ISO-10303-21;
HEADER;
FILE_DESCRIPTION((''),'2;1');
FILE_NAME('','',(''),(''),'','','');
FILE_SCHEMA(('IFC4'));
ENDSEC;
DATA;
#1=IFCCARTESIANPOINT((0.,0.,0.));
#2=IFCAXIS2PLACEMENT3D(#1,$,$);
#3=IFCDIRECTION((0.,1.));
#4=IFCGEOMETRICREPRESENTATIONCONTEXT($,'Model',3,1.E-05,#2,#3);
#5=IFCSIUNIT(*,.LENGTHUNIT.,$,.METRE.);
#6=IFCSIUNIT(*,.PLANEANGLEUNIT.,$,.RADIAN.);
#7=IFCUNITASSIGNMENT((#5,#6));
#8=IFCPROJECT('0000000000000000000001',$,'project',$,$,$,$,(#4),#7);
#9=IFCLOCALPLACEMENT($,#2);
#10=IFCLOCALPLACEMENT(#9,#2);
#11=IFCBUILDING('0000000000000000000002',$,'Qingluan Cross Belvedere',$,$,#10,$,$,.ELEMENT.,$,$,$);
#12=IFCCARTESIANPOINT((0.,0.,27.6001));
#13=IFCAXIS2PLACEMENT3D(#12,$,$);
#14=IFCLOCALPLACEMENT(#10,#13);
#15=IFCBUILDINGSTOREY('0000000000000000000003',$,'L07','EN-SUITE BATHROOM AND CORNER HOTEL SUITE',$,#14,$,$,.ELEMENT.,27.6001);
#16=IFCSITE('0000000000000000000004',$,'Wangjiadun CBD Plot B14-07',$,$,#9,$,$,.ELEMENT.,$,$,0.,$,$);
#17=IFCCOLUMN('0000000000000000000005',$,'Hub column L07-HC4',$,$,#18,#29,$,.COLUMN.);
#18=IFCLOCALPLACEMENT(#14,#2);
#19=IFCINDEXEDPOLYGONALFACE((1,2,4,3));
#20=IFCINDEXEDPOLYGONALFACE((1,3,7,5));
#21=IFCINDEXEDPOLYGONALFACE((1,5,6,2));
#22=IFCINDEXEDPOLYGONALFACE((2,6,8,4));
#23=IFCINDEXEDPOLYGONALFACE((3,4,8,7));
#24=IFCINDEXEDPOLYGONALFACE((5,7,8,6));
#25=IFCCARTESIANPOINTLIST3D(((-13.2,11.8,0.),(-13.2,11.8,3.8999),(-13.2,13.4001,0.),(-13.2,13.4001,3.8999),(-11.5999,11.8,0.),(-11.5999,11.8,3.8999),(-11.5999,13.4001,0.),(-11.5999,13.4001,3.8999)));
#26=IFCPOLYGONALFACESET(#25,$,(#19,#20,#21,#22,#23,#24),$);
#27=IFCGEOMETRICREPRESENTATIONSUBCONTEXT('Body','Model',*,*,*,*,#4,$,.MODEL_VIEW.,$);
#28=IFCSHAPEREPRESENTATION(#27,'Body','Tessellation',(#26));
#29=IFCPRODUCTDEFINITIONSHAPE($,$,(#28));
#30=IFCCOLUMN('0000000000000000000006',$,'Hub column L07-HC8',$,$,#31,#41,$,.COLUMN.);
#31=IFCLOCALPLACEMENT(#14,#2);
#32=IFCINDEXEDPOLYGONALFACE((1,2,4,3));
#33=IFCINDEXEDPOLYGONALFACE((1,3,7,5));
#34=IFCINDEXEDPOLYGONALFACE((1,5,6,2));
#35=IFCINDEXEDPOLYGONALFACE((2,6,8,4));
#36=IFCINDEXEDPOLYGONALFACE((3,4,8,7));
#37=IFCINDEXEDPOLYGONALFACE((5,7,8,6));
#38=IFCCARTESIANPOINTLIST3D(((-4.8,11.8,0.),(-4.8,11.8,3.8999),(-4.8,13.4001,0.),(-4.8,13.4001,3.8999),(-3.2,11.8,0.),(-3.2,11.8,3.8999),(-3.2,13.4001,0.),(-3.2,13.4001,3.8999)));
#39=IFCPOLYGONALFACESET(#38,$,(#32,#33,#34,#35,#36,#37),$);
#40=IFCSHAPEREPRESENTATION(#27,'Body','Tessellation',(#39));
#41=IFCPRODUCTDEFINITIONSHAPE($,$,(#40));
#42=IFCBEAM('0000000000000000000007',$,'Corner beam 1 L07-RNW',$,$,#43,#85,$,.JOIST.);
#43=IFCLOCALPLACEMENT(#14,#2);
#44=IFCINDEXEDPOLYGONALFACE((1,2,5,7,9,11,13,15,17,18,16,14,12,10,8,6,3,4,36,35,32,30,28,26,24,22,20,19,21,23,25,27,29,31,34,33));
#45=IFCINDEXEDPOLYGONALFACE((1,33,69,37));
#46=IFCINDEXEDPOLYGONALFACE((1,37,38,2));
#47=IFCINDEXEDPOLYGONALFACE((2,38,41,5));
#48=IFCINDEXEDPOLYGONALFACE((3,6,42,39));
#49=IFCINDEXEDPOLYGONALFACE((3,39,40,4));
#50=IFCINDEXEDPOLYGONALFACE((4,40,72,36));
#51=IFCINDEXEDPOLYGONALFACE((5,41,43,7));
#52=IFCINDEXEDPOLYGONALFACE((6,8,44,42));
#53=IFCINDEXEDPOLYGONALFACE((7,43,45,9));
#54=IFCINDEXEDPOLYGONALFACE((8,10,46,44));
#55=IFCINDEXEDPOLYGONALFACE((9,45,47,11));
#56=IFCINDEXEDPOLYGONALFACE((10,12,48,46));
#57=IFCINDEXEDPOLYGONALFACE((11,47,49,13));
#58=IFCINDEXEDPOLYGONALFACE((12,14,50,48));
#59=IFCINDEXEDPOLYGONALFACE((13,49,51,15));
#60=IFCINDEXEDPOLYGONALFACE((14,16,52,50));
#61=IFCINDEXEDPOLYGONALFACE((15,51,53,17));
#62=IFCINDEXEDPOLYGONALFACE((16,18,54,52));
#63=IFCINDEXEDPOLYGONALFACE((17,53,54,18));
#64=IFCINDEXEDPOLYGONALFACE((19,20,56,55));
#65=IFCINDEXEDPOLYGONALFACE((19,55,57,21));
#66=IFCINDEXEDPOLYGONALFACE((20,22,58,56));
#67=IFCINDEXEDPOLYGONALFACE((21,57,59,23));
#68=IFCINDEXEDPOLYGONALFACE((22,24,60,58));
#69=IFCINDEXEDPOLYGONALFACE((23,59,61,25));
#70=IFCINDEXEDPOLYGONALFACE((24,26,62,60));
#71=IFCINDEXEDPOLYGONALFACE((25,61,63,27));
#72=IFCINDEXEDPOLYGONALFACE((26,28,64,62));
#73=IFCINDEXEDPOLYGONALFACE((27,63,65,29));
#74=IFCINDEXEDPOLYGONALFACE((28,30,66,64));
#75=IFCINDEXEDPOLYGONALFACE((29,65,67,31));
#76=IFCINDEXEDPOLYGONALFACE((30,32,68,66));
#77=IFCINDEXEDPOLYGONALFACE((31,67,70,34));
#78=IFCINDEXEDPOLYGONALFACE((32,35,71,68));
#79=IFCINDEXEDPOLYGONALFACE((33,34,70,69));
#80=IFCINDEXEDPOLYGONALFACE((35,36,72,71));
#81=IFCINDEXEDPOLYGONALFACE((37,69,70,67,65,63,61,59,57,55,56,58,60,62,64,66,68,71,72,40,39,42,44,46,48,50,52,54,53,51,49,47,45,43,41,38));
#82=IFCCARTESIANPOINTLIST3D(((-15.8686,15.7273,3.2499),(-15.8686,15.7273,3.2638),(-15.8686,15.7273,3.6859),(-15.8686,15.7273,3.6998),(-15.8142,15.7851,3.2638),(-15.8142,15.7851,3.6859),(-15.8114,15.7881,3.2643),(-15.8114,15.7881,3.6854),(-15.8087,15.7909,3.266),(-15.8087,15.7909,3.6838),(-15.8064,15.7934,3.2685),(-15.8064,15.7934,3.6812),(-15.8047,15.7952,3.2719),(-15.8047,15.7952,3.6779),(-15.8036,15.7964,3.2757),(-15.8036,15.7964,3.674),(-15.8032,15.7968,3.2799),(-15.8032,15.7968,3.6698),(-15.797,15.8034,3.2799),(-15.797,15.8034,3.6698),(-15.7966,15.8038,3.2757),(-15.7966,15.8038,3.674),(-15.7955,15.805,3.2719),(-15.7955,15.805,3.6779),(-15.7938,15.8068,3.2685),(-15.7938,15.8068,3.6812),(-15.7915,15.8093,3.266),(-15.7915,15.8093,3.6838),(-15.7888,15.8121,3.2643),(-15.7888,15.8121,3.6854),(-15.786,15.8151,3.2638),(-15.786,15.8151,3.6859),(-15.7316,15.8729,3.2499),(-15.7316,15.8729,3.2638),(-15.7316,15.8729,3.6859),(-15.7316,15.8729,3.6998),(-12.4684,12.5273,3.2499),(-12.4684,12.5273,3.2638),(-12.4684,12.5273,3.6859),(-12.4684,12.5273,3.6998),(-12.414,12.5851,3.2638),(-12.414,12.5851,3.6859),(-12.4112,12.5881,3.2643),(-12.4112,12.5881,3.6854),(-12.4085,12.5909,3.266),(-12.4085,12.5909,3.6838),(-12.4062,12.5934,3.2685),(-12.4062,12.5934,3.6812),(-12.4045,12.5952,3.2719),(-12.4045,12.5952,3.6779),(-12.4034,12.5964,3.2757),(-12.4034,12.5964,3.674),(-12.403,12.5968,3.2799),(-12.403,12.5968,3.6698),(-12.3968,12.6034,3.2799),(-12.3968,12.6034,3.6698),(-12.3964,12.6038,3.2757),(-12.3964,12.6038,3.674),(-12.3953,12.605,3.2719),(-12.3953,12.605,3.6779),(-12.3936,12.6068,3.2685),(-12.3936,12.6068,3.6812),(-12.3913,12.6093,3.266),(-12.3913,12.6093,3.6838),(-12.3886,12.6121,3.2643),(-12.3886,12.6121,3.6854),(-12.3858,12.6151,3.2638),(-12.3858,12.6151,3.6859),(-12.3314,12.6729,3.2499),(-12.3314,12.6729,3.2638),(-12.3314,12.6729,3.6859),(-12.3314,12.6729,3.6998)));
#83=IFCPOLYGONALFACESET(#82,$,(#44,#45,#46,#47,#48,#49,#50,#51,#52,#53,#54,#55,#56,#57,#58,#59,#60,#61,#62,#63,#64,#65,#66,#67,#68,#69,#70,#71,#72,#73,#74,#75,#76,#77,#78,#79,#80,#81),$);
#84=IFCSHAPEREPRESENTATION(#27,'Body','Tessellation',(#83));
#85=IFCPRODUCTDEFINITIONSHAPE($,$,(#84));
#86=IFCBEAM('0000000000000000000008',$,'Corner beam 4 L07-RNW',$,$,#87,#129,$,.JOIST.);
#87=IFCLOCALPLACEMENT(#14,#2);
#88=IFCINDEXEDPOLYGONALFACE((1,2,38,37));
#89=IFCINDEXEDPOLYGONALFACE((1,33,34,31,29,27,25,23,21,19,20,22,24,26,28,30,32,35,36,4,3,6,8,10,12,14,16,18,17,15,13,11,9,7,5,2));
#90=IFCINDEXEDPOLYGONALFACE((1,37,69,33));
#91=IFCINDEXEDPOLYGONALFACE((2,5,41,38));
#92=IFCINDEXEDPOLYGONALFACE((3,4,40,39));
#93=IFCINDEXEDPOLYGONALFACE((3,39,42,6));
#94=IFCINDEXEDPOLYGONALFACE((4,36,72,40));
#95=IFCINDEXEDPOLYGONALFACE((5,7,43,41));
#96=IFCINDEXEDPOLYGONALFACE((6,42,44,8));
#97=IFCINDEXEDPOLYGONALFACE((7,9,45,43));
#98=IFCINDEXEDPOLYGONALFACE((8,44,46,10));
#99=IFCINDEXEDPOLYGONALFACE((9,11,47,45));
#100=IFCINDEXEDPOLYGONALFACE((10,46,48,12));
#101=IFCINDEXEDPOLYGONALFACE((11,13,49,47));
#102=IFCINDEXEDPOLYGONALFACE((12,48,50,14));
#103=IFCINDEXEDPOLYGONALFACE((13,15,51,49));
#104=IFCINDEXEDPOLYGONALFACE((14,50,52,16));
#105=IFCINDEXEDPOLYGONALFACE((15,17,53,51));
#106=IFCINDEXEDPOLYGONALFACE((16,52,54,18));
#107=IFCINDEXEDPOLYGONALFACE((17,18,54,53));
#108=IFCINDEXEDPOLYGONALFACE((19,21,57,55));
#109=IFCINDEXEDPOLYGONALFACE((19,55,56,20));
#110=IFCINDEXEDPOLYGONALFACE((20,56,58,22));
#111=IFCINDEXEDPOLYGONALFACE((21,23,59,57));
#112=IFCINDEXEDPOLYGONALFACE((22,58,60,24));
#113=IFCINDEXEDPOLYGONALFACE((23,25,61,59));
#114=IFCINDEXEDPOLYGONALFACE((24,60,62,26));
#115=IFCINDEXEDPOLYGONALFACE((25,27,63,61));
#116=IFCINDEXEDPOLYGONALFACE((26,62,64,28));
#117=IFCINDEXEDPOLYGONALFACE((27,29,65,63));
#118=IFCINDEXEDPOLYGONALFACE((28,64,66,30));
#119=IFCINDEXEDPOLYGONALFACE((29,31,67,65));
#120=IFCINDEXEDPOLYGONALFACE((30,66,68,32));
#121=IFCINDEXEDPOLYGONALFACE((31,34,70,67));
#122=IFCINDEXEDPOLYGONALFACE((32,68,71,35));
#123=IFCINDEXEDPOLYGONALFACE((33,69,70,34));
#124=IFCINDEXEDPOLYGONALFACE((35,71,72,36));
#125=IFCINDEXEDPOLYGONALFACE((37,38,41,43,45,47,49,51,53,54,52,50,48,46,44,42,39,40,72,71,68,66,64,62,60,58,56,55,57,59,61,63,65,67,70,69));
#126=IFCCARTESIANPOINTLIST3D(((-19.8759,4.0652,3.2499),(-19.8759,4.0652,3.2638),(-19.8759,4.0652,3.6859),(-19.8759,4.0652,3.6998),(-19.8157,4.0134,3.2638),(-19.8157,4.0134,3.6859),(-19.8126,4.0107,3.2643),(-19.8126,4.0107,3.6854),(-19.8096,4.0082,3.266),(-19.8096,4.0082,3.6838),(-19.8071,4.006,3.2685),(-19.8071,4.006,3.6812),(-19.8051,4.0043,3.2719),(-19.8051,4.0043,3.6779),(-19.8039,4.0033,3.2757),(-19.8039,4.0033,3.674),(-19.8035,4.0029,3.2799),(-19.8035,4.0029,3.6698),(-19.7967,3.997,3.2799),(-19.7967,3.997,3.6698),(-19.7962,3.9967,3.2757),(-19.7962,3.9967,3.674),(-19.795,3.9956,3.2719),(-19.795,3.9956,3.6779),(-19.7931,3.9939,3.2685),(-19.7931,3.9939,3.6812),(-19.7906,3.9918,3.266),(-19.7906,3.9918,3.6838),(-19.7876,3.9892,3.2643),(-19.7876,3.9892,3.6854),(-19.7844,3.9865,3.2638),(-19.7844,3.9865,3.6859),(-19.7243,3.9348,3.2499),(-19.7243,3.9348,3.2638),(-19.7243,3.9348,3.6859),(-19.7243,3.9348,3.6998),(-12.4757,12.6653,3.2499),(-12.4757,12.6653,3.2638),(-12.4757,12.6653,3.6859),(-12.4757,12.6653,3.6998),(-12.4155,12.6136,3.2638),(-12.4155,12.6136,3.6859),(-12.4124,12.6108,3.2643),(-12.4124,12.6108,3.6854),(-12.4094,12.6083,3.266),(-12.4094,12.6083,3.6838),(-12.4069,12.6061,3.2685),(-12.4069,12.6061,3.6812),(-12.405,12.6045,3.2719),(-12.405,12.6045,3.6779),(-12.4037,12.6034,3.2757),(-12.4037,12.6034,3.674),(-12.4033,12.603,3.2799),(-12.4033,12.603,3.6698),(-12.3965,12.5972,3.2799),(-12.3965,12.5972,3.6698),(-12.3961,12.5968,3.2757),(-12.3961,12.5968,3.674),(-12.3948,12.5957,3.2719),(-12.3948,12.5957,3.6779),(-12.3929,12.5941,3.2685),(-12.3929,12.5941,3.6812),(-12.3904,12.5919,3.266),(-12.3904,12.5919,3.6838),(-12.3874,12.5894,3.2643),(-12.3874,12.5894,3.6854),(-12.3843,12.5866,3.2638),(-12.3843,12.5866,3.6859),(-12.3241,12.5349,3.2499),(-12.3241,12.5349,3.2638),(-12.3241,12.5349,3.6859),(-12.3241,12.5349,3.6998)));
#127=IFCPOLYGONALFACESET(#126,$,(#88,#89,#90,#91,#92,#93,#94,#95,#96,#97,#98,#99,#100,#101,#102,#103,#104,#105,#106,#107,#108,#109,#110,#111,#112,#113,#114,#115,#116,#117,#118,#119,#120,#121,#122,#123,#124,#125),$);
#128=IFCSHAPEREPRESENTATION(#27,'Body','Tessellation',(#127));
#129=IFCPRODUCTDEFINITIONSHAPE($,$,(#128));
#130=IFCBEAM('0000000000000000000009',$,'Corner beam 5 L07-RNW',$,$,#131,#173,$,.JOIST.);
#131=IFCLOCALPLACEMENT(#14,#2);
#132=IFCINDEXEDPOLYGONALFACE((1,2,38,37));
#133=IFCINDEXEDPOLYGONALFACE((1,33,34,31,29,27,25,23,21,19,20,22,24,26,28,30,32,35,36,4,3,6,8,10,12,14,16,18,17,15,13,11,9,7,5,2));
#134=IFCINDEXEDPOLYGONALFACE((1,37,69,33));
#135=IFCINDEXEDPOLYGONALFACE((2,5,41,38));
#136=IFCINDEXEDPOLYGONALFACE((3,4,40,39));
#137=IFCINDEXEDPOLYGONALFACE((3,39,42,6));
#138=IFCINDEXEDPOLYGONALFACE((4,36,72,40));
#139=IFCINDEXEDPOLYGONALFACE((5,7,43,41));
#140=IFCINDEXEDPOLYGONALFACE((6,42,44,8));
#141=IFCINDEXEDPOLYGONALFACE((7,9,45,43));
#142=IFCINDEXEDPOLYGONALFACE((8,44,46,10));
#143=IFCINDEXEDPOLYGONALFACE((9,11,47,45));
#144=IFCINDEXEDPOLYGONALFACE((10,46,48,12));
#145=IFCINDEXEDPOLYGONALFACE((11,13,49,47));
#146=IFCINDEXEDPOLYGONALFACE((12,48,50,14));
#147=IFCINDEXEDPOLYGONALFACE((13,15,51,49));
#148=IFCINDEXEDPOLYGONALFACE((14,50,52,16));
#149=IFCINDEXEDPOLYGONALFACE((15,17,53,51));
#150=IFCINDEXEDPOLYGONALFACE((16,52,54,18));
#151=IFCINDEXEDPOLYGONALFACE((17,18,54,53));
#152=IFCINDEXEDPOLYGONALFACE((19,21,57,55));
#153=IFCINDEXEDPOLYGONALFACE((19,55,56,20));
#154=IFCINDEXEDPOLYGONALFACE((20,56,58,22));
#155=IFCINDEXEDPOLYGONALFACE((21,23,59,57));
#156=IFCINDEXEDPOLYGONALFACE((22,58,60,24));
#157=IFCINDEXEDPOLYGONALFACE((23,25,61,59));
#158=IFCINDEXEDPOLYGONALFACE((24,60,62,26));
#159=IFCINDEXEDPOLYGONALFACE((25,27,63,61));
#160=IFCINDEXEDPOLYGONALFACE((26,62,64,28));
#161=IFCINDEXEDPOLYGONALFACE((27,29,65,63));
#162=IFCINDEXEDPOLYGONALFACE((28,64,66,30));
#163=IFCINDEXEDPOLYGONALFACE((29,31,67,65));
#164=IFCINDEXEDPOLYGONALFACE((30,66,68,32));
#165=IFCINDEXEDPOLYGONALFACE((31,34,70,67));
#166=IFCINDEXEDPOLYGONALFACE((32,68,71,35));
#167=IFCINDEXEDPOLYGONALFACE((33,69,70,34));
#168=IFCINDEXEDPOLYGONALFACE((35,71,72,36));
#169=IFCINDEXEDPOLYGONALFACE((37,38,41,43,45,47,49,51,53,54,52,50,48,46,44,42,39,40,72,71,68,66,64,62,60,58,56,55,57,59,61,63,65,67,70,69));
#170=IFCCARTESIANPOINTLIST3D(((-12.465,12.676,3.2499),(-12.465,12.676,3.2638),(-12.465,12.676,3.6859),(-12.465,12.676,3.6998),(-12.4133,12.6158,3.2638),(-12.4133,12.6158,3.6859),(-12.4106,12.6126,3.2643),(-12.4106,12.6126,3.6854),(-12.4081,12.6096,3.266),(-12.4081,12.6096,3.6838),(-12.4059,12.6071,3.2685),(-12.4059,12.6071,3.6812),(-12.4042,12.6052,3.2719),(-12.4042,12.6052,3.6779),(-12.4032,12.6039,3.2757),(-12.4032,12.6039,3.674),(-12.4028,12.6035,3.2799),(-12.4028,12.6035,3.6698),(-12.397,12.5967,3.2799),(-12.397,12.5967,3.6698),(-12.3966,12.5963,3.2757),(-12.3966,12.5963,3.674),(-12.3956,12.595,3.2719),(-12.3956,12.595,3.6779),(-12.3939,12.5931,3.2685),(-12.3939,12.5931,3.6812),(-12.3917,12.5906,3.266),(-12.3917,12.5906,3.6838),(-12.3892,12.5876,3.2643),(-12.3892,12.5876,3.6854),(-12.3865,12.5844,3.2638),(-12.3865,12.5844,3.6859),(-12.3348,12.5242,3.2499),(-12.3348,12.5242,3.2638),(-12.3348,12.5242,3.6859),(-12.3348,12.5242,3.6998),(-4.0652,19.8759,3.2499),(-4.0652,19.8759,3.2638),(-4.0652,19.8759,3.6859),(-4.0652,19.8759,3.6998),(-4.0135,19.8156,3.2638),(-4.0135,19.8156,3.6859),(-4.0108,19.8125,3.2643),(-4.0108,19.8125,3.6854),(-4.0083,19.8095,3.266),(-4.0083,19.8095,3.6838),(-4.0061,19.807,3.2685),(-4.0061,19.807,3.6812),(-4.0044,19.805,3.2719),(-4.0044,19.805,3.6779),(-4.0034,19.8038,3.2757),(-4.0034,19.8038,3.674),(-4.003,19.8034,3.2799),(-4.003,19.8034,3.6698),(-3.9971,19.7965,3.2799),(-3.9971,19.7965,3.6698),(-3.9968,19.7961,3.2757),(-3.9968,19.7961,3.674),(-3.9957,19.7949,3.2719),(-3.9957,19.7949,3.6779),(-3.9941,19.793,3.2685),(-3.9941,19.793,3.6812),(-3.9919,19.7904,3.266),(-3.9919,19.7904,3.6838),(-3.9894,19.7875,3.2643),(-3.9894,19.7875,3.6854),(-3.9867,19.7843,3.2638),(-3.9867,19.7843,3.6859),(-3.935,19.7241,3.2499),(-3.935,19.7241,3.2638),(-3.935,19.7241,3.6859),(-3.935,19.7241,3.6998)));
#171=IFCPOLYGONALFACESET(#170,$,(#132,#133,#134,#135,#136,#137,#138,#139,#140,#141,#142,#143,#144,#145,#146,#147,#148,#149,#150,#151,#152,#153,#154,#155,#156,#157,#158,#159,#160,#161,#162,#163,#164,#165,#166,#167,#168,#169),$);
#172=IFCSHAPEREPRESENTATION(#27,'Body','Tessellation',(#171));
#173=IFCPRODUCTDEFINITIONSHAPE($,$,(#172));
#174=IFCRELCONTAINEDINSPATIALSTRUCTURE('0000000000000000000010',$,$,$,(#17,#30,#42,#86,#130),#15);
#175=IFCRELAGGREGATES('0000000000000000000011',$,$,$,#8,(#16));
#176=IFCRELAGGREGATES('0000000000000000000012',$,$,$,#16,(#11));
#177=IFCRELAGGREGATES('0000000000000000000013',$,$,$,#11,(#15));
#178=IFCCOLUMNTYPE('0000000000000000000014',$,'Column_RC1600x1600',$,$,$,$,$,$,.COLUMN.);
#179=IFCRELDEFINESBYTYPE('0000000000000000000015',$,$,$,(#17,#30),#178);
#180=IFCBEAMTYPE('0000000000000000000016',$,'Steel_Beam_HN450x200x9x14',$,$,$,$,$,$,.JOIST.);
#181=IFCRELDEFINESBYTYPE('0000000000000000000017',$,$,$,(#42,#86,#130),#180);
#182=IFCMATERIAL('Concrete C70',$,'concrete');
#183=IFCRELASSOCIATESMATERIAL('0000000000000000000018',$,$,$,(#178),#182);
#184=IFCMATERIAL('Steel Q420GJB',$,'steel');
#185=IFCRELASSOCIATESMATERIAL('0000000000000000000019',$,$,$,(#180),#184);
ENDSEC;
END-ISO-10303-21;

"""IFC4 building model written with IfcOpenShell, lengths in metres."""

from ifc_helpers import new_model, si_unit, direction, frame, origin, origin_2d, place, context, subcontext, project, spatial, rectangle, i_section, extrude, material, material_profile, profile_set, type_object, element, save


model = new_model("IFC4")

# Units and contexts
model_context = context("Model", 3, precision=1e-05, world=origin(), true_north=direction((0.0, 1.0)))
body_context = subcontext(model_context, "Body", "Model", "MODEL_VIEW")
ifc_project = project(units=[si_unit("LENGTHUNIT", "METRE"), si_unit("PLANEANGLEUNIT", "RADIAN")], contexts=[model_context])

# Site, building, storey
site_placement = place(None, origin())
site = spatial("IfcSite", under=ifc_project, at=site_placement, Name="Wangjiadun CBD Plot B14-07", CompositionType="ELEMENT", RefElevation=0.0)
building_placement = place(site_placement, origin())
building = spatial("IfcBuilding", under=site, at=building_placement, Name="Qingluan Cross Belvedere", CompositionType="ELEMENT")
storey_placement = place(building_placement, frame((0.0, 0.0, 27.6001)))
storey = spatial("IfcBuildingStorey", under=building, at=storey_placement, Name="L07", Description="EN-SUITE BATHROOM AND CORNER HOTEL SUITE", CompositionType="ELEMENT", Elevation=27.6001)

# Columns
ifc_material_1 = material(Name="Concrete C70", Category="concrete")
ifc_material_profile_1 = material_profile(ifc_material_1, rectangle(XDim=1.6001, YDim=1.6001, at=origin_2d()), Name="RC1600x1600")
ifc_profile_set_1 = profile_set([ifc_material_profile_1], Name="Concrete C70")
column_type = type_object("IfcColumnType", Name="Column_RC1600x1600", PredefinedType="COLUMN", material=ifc_profile_set_1)
for number, where, z_axis, x_axis, name in (
    (1, (-12.3999, 12.6001, 0.0), (0.0, 0.0, 1.0), (1.0, 0.0, 0.0), "Hub column L07-HC4"),
    (2, (-4.0, 12.6001, 0.0), (0.0, 0.0, 1.0), (1.0, 0.0, 0.0), "Hub column L07-HC8"),
):
    element("IfcColumn", number, at=place(storey_placement, frame(where, z_axis=z_axis, x_axis=x_axis)), inside=storey, type_object=column_type, Name=name, PredefinedType="COLUMN", context=body_context, shape_type="SweptSolid", body=[
        extrude(rectangle(XDim=1.6001, YDim=1.6001, at=origin_2d()), origin(), (0.0, 0.0, 1.0), 3.8999),
    ])

# Beams
ifc_material_2 = material(Name="Steel Q420GJB", Category="steel")
ifc_material_profile_2 = material_profile(ifc_material_2, i_section(OverallWidth=0.2, OverallDepth=0.45, WebThickness=0.009, FlangeThickness=0.0139, FilletRadius=0.0161, at=origin_2d()), Name="HN450x200x9x14")
ifc_profile_set_2 = profile_set([ifc_material_profile_2], Name="Steel Q420GJB")
beam_type_1 = type_object("IfcBeamType", Name="Steel_Beam_HN450x200x9x14", PredefinedType="JOIST", material=ifc_profile_set_2)
beam_1_placement = place(storey_placement, frame((-12.3999, 12.6001, 3.4749), z_axis=(-0.72822, 0.685343, 0.0), x_axis=(-0.685343, -0.72822, 0.0)))
element("IfcBeam", 3, at=beam_1_placement, inside=storey, type_object=beam_type_1, Name="Corner beam 1 L07-RNW", PredefinedType="JOIST", context=body_context, shape_type="SweptSolid", body=[
    extrude(i_section(OverallWidth=0.2, OverallDepth=0.45, WebThickness=0.009, FlangeThickness=0.0139, FilletRadius=0.0161, at=origin_2d()), origin(), (0.0, 0.0, 1.0), 4.6692),
])
beam_2_placement = place(storey_placement, frame((-12.3999, 12.6001, 3.4749), z_axis=(-0.652245, -0.758008, 0.0), x_axis=(0.758008, -0.652245, 0.0)))
element("IfcBeam", 4, at=beam_2_placement, inside=storey, type_object=beam_type_1, Name="Corner beam 4 L07-RNW", PredefinedType="JOIST", context=body_context, shape_type="SweptSolid", body=[
    extrude(i_section(OverallWidth=0.2, OverallDepth=0.45, WebThickness=0.009, FlangeThickness=0.0139, FilletRadius=0.0161, at=origin_2d()), origin(), (0.0, 0.0, 1.0), 11.3457),
])
beam_3_placement = place(storey_placement, frame((-12.3999, 12.6001, 3.4749), z_axis=(0.759255, 0.650793, 0.0), x_axis=(-0.650793, 0.759255, 0.0)))
element("IfcBeam", 5, at=beam_3_placement, inside=storey, type_object=beam_type_1, Name="Corner beam 5 L07-RNW", PredefinedType="JOIST", context=body_context, shape_type="SweptSolid", body=[
    extrude(i_section(OverallWidth=0.2, OverallDepth=0.45, WebThickness=0.009, FlangeThickness=0.0139, FilletRadius=0.0161, at=origin_2d()), origin(), (0.0, 0.0, 1.0), 11.0632),
])

save(model, "model.ifc")
